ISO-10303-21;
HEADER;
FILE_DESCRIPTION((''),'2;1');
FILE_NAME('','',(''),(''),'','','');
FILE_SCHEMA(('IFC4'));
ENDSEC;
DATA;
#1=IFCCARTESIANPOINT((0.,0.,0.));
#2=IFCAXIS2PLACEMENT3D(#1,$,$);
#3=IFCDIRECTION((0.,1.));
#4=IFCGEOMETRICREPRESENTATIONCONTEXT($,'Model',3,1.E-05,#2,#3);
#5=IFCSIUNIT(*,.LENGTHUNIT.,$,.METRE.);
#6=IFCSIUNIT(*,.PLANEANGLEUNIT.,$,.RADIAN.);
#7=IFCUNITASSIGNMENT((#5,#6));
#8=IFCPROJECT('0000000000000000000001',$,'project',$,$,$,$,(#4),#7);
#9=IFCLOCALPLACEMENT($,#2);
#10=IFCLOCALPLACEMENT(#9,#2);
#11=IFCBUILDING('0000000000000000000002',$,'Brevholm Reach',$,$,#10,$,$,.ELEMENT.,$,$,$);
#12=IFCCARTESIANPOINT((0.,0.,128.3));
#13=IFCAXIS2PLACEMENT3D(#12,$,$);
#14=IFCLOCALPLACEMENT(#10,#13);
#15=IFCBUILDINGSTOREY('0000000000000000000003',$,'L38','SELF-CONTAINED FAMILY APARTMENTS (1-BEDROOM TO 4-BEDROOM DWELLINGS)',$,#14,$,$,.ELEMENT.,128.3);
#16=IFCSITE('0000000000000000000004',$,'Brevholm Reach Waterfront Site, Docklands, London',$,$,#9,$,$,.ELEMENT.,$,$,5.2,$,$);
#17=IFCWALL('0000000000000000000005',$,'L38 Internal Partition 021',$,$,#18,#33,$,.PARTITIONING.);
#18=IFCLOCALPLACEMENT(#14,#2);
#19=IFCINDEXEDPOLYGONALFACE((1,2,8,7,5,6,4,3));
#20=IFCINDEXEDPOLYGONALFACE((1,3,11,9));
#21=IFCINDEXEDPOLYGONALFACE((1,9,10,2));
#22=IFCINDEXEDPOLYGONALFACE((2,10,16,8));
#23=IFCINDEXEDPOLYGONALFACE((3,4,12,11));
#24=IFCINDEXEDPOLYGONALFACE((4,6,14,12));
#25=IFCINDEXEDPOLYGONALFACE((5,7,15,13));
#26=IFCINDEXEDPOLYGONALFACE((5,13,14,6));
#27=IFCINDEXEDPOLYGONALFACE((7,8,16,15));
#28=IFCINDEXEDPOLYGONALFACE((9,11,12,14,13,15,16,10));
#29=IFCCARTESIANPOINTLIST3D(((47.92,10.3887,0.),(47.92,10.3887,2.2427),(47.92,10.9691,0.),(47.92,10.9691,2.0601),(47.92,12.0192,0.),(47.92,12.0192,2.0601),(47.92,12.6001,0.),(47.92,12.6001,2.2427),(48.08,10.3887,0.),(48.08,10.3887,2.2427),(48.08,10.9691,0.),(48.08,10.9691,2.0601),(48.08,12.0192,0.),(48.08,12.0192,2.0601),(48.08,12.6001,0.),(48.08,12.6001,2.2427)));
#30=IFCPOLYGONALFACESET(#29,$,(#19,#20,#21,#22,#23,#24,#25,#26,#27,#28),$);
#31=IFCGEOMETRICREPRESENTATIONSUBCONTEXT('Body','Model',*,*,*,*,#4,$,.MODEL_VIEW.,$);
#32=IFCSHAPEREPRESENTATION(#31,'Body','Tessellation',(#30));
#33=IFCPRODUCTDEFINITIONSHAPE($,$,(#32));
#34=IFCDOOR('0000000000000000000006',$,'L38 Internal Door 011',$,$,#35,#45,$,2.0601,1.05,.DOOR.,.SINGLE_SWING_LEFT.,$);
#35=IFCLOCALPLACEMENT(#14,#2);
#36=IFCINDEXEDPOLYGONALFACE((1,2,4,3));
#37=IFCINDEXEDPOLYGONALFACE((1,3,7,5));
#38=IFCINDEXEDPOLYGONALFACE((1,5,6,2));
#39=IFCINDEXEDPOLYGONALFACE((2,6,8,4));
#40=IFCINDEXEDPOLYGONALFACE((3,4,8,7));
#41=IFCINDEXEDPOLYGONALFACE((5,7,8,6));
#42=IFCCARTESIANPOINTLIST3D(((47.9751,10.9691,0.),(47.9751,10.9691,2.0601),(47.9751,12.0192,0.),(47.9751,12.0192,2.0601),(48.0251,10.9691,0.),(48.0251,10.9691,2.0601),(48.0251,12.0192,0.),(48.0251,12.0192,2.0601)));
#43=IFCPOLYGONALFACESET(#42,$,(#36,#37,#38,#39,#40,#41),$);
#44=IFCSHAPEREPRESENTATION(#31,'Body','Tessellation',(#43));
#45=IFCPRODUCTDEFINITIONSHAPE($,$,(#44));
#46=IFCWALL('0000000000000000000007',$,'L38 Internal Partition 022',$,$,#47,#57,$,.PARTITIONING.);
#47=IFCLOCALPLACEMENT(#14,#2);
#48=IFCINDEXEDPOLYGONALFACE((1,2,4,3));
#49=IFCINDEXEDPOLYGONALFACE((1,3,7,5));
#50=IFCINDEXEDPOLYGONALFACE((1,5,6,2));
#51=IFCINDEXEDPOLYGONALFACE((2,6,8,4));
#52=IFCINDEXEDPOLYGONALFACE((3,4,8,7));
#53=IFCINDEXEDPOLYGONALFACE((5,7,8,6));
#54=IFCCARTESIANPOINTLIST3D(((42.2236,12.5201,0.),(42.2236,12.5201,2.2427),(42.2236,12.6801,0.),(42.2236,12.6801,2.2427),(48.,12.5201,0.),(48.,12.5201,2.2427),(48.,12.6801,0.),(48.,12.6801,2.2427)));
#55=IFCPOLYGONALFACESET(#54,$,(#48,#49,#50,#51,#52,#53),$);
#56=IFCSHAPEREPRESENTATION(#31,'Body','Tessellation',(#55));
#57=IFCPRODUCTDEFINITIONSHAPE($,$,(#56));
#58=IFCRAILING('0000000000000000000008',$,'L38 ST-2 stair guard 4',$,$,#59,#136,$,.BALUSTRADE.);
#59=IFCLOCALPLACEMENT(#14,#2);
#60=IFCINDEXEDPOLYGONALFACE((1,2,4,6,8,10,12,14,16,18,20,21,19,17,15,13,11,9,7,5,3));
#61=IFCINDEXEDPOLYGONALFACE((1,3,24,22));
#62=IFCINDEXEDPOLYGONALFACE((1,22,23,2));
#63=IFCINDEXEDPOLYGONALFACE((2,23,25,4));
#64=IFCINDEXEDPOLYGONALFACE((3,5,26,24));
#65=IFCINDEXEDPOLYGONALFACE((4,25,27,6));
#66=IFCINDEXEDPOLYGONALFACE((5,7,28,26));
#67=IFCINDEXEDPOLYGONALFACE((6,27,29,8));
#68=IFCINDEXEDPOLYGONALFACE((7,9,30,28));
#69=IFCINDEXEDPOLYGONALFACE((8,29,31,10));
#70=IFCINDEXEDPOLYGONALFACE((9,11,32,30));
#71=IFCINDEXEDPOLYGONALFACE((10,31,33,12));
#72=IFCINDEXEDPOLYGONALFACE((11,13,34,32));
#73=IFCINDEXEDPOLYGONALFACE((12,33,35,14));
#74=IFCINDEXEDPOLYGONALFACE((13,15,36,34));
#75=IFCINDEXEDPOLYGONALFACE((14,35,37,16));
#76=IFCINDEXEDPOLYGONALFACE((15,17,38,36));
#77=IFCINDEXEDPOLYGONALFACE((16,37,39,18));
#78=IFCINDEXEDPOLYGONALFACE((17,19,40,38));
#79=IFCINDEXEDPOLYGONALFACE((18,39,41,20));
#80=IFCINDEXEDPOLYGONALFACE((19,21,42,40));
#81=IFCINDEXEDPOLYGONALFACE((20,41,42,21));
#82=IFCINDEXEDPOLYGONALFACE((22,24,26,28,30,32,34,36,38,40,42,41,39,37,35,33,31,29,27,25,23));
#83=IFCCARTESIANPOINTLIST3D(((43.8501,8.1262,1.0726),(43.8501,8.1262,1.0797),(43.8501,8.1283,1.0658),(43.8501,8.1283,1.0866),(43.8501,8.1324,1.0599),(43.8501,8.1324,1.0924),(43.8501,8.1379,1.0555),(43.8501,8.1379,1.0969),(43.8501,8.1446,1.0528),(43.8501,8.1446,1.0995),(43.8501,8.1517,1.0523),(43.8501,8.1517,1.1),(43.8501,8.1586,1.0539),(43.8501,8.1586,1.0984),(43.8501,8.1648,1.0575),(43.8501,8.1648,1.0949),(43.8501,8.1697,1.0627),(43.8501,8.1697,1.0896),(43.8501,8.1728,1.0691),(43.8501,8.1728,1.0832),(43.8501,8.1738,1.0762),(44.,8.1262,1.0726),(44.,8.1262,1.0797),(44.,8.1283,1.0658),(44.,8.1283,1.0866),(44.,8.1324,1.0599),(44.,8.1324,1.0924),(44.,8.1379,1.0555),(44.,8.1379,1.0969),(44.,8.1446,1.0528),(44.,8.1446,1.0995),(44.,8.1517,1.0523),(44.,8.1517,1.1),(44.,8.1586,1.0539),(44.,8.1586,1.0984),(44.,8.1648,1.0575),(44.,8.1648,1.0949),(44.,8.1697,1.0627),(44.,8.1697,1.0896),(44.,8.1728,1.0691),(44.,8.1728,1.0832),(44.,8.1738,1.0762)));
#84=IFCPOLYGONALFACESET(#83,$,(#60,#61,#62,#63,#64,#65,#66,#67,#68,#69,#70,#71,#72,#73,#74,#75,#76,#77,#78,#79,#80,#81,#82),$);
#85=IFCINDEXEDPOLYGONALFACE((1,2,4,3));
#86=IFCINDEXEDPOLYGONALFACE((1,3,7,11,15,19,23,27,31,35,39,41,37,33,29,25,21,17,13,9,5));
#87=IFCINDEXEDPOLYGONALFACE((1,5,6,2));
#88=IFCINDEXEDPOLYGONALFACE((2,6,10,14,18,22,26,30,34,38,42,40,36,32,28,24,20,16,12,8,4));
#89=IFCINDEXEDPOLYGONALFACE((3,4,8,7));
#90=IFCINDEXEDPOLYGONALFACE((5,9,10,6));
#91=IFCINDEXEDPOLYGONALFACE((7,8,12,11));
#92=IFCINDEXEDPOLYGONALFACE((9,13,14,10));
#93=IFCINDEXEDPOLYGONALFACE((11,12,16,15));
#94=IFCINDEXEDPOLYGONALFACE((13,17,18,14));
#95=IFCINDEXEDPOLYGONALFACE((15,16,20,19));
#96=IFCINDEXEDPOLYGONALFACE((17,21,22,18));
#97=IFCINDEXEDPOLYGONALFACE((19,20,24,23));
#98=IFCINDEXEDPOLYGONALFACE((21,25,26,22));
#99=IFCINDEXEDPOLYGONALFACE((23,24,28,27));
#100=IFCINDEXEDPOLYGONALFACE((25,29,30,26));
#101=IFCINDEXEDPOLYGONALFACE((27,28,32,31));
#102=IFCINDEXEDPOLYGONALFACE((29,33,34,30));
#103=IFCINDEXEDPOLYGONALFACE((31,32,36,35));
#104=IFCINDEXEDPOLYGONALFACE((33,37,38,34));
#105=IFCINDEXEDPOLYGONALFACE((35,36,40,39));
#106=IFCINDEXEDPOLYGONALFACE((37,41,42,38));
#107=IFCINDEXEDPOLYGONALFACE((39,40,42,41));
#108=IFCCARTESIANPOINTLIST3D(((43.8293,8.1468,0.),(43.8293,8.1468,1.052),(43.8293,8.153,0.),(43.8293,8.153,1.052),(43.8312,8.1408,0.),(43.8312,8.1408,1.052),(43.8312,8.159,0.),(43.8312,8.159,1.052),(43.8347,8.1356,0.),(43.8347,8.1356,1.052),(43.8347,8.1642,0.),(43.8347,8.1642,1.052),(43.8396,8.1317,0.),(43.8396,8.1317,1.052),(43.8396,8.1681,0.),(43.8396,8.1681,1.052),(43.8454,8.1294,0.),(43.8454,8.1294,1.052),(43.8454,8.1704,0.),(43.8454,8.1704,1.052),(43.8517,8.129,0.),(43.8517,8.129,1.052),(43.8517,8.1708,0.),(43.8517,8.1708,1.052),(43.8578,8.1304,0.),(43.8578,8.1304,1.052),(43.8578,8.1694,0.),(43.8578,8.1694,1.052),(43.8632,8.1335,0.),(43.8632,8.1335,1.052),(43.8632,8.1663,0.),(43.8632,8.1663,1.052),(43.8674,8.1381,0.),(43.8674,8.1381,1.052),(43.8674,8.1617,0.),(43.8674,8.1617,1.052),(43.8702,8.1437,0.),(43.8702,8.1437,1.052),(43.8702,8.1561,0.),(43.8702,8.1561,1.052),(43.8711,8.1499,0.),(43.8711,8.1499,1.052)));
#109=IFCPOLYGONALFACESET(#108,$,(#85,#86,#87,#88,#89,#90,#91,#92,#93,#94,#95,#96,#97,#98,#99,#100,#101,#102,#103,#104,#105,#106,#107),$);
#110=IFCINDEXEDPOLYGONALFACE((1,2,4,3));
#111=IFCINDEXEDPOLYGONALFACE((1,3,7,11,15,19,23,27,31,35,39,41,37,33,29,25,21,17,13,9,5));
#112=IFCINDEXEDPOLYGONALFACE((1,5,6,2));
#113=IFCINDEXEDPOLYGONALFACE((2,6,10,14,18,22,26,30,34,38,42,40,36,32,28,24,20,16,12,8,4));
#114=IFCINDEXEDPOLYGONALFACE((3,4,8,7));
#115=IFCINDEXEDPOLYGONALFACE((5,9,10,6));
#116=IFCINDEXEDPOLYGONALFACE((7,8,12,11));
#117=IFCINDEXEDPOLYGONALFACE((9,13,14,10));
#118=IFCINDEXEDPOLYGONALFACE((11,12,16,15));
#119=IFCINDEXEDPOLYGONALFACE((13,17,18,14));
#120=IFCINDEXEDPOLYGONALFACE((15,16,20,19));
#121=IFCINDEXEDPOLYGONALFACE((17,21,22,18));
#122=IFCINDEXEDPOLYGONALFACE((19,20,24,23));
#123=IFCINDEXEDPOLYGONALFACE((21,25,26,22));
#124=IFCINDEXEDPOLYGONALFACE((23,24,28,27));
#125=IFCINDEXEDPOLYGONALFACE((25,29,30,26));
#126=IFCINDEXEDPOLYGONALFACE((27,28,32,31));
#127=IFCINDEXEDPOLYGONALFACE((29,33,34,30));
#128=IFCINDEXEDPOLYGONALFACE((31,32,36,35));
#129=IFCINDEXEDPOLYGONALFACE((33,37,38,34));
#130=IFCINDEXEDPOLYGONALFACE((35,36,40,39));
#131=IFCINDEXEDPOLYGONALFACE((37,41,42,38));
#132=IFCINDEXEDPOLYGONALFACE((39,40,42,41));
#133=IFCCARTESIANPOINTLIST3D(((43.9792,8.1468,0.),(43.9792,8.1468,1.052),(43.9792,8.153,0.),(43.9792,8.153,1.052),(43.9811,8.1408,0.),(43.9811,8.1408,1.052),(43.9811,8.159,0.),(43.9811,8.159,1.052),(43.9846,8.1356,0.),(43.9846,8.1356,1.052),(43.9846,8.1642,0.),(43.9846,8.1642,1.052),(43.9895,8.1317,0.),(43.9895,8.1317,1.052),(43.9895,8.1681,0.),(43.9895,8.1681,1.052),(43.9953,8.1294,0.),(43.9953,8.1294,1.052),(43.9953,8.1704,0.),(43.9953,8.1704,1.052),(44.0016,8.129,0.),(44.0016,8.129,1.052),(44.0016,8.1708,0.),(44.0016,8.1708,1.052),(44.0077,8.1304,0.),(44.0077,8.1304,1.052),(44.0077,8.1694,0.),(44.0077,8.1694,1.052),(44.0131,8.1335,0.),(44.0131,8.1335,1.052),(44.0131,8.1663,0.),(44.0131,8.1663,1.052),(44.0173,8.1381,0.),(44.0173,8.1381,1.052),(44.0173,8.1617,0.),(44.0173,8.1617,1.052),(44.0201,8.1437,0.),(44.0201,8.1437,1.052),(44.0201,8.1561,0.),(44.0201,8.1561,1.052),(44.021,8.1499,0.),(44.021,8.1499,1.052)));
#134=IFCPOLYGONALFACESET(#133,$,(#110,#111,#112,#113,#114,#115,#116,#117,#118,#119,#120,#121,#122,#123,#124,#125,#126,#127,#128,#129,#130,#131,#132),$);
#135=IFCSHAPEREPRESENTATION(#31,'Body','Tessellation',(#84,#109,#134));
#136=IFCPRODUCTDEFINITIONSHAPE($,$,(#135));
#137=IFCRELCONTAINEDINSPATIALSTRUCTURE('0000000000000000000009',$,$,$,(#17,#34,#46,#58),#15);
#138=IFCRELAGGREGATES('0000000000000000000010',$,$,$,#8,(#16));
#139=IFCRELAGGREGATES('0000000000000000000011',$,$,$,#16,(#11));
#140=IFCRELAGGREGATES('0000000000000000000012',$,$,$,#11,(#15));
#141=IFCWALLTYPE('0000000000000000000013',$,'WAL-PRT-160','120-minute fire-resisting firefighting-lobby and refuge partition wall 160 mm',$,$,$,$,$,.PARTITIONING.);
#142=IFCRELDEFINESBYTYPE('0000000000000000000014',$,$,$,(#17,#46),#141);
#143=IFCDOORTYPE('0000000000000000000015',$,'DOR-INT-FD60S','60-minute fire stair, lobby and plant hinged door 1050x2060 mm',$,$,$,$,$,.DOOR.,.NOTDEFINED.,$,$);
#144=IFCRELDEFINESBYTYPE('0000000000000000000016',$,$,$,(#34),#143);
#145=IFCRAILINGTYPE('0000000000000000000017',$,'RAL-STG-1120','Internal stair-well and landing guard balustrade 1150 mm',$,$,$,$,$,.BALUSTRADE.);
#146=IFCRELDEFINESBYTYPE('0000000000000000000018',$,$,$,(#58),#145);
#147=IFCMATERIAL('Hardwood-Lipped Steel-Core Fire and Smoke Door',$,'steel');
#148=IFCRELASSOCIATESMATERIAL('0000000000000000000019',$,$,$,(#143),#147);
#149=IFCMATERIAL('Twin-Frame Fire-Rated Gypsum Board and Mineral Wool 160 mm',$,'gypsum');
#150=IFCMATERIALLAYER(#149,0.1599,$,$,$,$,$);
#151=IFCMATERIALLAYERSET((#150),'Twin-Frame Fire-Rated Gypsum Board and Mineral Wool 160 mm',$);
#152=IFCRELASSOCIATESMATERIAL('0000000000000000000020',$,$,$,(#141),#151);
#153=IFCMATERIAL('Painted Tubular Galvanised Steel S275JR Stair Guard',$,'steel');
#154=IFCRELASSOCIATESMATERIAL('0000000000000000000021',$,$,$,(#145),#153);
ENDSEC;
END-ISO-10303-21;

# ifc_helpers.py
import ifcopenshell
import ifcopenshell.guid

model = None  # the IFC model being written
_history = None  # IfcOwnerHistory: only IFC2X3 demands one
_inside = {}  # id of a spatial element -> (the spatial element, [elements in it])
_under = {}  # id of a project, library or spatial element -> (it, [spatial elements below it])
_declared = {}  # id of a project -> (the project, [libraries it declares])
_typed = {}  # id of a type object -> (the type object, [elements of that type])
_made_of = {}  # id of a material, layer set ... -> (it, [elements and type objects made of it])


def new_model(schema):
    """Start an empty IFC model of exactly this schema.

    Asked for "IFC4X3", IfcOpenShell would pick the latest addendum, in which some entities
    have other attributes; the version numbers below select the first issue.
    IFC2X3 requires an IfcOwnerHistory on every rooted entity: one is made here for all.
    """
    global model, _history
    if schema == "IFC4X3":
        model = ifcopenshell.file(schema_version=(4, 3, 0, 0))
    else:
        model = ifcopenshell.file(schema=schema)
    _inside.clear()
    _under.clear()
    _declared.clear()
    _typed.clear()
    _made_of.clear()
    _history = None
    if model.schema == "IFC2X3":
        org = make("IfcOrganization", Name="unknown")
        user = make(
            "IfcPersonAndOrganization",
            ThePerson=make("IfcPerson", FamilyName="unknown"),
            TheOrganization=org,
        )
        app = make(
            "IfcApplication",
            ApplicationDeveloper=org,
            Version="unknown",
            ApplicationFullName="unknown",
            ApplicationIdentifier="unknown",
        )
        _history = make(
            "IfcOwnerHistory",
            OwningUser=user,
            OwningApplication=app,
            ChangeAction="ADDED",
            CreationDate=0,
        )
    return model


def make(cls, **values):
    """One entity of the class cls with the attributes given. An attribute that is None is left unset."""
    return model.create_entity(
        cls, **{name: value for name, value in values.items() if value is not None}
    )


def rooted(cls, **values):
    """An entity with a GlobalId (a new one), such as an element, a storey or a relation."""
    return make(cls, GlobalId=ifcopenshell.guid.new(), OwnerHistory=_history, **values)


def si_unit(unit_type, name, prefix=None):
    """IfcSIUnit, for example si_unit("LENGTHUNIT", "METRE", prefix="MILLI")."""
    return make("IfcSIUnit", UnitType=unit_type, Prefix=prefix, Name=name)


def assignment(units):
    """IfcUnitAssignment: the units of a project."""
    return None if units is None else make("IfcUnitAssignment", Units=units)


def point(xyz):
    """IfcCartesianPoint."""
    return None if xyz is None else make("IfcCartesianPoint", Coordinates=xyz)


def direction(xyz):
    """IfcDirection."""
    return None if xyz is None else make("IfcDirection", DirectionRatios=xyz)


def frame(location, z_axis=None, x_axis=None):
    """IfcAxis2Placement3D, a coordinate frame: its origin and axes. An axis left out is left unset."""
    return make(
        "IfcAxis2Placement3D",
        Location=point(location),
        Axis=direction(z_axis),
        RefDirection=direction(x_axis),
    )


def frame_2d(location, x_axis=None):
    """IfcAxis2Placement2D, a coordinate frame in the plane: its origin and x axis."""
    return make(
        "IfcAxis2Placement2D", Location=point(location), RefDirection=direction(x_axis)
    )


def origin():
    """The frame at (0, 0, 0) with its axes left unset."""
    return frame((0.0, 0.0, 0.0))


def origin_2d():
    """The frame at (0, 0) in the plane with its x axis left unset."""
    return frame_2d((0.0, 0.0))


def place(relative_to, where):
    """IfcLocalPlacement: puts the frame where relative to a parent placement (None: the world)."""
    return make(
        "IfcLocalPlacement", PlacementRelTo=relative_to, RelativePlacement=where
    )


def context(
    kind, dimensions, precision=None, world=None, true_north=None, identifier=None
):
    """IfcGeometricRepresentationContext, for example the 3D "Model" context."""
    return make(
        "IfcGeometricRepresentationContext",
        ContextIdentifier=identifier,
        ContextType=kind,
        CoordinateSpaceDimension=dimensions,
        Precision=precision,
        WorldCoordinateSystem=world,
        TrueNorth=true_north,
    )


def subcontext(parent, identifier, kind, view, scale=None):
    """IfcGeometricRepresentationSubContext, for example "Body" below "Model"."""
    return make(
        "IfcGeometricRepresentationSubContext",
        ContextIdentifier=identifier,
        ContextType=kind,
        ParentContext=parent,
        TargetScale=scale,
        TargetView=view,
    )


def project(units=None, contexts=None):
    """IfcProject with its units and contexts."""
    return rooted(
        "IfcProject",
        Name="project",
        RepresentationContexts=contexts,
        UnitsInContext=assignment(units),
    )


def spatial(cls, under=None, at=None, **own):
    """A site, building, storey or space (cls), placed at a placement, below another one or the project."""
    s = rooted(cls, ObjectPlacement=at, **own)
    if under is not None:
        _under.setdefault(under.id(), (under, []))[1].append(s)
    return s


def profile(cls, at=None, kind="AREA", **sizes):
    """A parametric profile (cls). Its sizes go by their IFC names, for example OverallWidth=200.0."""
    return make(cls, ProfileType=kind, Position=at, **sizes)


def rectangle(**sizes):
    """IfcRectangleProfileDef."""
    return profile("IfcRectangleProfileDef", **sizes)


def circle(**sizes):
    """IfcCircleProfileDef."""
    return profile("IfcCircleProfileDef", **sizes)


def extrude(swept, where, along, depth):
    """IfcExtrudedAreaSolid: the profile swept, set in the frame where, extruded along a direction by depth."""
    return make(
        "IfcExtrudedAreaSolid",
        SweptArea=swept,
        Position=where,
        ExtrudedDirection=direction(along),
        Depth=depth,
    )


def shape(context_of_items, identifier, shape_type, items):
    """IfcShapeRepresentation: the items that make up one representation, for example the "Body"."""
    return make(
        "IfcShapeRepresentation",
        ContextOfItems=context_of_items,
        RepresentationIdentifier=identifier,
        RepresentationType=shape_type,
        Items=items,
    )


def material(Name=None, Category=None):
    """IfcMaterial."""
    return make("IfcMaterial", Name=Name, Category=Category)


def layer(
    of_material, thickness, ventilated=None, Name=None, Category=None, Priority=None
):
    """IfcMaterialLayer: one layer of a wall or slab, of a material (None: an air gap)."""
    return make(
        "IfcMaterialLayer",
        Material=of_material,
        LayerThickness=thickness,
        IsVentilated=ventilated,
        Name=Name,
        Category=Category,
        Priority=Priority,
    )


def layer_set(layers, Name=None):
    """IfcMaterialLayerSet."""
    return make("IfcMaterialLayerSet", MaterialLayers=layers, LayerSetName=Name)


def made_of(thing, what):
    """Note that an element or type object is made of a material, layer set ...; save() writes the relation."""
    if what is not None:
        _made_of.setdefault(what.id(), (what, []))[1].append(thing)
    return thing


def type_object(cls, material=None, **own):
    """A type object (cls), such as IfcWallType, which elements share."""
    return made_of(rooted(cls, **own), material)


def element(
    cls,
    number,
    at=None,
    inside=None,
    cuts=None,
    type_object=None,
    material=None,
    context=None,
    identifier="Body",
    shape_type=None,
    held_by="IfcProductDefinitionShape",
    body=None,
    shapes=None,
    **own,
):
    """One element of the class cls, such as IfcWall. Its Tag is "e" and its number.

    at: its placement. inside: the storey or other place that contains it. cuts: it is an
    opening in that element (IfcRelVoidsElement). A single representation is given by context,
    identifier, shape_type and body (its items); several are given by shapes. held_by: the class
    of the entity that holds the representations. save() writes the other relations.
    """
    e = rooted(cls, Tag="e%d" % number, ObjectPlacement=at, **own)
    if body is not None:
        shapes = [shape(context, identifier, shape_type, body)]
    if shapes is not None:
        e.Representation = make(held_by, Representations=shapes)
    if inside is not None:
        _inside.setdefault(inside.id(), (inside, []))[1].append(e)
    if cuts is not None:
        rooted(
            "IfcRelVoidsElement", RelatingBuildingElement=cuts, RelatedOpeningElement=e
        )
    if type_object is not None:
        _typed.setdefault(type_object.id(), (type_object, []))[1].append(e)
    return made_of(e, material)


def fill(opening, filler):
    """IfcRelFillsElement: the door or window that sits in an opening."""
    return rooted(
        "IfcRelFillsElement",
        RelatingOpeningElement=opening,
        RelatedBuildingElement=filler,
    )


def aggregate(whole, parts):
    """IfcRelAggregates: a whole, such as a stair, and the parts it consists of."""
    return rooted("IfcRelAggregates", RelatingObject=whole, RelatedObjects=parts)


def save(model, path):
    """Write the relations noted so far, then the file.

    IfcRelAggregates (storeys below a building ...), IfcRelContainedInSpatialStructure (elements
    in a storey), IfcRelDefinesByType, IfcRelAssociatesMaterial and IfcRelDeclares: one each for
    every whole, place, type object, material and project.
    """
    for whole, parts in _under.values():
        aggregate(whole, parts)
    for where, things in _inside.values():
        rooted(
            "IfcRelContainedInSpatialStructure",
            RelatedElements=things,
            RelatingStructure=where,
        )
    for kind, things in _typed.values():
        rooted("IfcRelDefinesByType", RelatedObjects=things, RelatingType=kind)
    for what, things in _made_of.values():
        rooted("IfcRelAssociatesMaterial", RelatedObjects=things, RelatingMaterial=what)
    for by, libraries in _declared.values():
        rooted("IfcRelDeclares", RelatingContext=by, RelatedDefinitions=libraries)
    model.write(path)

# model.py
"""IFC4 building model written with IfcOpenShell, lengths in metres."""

from ifc_helpers import new_model, si_unit, direction, frame, frame_2d, origin, origin_2d, place, context, subcontext, project, spatial, rectangle, circle, extrude, material, layer, layer_set, type_object, element, fill, save


model = new_model("IFC4")

# Units and contexts
model_context = context("Model", 3, precision=1e-05, world=origin(), true_north=direction((0.0, 1.0)))
body_context = subcontext(model_context, "Body", "Model", "MODEL_VIEW")
ifc_project = project(units=[si_unit("LENGTHUNIT", "METRE"), si_unit("PLANEANGLEUNIT", "RADIAN")], contexts=[model_context])

# Site, building, storey
site_placement = place(None, origin())
site = spatial("IfcSite", under=ifc_project, at=site_placement, Name="Brevholm Reach Waterfront Site, Docklands, London", CompositionType="ELEMENT", RefElevation=5.2)
building_placement = place(site_placement, origin())
building = spatial("IfcBuilding", under=site, at=building_placement, Name="Brevholm Reach", CompositionType="ELEMENT")
storey_placement = place(building_placement, frame((0.0, 0.0, 128.3)))
storey = spatial("IfcBuildingStorey", under=building, at=storey_placement, Name="L38", Description="SELF-CONTAINED FAMILY APARTMENTS (1-BEDROOM TO 4-BEDROOM DWELLINGS)", CompositionType="ELEMENT", Elevation=128.3)

# Shared definitions
ifc_material_1 = material(Name="Hardwood-Lipped Steel-Core Fire and Smoke Door", Category="steel")
door_type_1 = type_object("IfcDoorType", Name="DOR-INT-FD60S", Description="60-minute fire stair, lobby and plant hinged door 1050x2060 mm", OperationType="NOTDEFINED", PredefinedType="DOOR", material=ifc_material_1)

# Wall, opening, door
ifc_material_2 = material(Name="Twin-Frame Fire-Rated Gypsum Board and Mineral Wool 160 mm", Category="gypsum")
ifc_layer_1 = layer(ifc_material_2, 0.1599)
ifc_layer_set_1 = layer_set([ifc_layer_1], Name="Twin-Frame Fire-Rated Gypsum Board and Mineral Wool 160 mm")
wall_type_1 = type_object("IfcWallType", Name="WAL-PRT-160", Description="120-minute fire-resisting firefighting-lobby and refuge partition wall 160 mm", PredefinedType="PARTITIONING", material=ifc_layer_set_1)
wall_1_placement = place(storey_placement, frame((48.0, 10.3887, 0.0), z_axis=(0.0, 0.0, 1.0), x_axis=(0.0, 1.0, 0.0)))
wall_1 = element("IfcWall", 1, at=wall_1_placement, inside=storey, type_object=wall_type_1, Name="L38 Internal Partition 021", PredefinedType="PARTITIONING", context=body_context, shape_type="SweptSolid", body=[
    extrude(rectangle(XDim=2.2114, YDim=0.1599, at=frame_2d((1.1057, 0.0))), origin(), (0.0, 0.0, 1.0), 2.2427),
])
opening_1_placement = place(wall_1_placement, frame((0.5806, 0.0, 0.0)))
opening_1 = element("IfcOpeningElement", 2, at=opening_1_placement, cuts=wall_1, PredefinedType="OPENING", context=body_context, shape_type="SweptSolid", body=[
    extrude(rectangle(XDim=1.05, YDim=2.0601, at=frame_2d((0.5249, 1.03))), frame((0.0, 0.0898, 0.0), z_axis=(0.0, -1.0, 0.0), x_axis=(1.0, 0.0, 0.0)), (0.0, 0.0, 1.0), 0.1799),
])
door_1_placement = place(opening_1_placement, origin())
door_1 = element("IfcDoor", 3, at=door_1_placement, inside=storey, type_object=door_type_1, Name="L38 Internal Door 011", OperationType="SINGLE_SWING_LEFT", OverallHeight=2.0601, OverallWidth=1.05, PredefinedType="DOOR", context=body_context, shape_type="SweptSolid", body=[
    extrude(rectangle(XDim=1.05, YDim=2.0601, at=frame_2d((0.5249, 1.03))), frame((0.0, 0.0249, 0.0), z_axis=(0.0, -1.0, 0.0), x_axis=(1.0, 0.0, 0.0)), (0.0, 0.0, 1.0), 0.05),
])
fill(opening_1, door_1)

# Wall
wall_2_placement = place(storey_placement, frame((42.2236, 12.6001, 0.0), z_axis=(0.0, 0.0, 1.0), x_axis=(1.0, 0.0, 0.0)))
element("IfcWall", 4, at=wall_2_placement, inside=storey, type_object=wall_type_1, Name="L38 Internal Partition 022", PredefinedType="PARTITIONING", context=body_context, shape_type="SweptSolid", body=[
    extrude(rectangle(XDim=5.7764, YDim=0.1599, at=frame_2d((2.8882, 0.0))), origin(), (0.0, 0.0, 1.0), 2.2427),
])

# Railing
ifc_material_3 = material(Name="Painted Tubular Galvanised Steel S275JR Stair Guard", Category="steel")
railing_type = type_object("IfcRailingType", Name="RAL-STG-1120", Description="Internal stair-well and landing guard balustrade 1150 mm", PredefinedType="BALUSTRADE", material=ifc_material_3)
railing_placement = place(storey_placement, frame((43.8501, 8.1499, 0.0)))
element("IfcRailing", 5, at=railing_placement, inside=storey, type_object=railing_type, Name="L38 ST-2 stair guard 4", PredefinedType="BALUSTRADE", context=body_context, shape_type="SweptSolid", body=[
    extrude(circle(Radius=0.0239, at=origin_2d()), frame((0.0, 0.0, 1.0762), z_axis=(1.0, 0.0, 0.0), x_axis=(0.0, 1.0, 0.0)), (0.0, 0.0, 1.0), 0.1499),
    extrude(circle(Radius=0.021, at=origin_2d()), origin(), (0.0, 0.0, 1.0), 1.052),
    extrude(circle(Radius=0.021, at=origin_2d()), frame((0.1499, 0.0, 0.0)), (0.0, 0.0, 1.0), 1.052),
])

save(model, "model.ifc")
